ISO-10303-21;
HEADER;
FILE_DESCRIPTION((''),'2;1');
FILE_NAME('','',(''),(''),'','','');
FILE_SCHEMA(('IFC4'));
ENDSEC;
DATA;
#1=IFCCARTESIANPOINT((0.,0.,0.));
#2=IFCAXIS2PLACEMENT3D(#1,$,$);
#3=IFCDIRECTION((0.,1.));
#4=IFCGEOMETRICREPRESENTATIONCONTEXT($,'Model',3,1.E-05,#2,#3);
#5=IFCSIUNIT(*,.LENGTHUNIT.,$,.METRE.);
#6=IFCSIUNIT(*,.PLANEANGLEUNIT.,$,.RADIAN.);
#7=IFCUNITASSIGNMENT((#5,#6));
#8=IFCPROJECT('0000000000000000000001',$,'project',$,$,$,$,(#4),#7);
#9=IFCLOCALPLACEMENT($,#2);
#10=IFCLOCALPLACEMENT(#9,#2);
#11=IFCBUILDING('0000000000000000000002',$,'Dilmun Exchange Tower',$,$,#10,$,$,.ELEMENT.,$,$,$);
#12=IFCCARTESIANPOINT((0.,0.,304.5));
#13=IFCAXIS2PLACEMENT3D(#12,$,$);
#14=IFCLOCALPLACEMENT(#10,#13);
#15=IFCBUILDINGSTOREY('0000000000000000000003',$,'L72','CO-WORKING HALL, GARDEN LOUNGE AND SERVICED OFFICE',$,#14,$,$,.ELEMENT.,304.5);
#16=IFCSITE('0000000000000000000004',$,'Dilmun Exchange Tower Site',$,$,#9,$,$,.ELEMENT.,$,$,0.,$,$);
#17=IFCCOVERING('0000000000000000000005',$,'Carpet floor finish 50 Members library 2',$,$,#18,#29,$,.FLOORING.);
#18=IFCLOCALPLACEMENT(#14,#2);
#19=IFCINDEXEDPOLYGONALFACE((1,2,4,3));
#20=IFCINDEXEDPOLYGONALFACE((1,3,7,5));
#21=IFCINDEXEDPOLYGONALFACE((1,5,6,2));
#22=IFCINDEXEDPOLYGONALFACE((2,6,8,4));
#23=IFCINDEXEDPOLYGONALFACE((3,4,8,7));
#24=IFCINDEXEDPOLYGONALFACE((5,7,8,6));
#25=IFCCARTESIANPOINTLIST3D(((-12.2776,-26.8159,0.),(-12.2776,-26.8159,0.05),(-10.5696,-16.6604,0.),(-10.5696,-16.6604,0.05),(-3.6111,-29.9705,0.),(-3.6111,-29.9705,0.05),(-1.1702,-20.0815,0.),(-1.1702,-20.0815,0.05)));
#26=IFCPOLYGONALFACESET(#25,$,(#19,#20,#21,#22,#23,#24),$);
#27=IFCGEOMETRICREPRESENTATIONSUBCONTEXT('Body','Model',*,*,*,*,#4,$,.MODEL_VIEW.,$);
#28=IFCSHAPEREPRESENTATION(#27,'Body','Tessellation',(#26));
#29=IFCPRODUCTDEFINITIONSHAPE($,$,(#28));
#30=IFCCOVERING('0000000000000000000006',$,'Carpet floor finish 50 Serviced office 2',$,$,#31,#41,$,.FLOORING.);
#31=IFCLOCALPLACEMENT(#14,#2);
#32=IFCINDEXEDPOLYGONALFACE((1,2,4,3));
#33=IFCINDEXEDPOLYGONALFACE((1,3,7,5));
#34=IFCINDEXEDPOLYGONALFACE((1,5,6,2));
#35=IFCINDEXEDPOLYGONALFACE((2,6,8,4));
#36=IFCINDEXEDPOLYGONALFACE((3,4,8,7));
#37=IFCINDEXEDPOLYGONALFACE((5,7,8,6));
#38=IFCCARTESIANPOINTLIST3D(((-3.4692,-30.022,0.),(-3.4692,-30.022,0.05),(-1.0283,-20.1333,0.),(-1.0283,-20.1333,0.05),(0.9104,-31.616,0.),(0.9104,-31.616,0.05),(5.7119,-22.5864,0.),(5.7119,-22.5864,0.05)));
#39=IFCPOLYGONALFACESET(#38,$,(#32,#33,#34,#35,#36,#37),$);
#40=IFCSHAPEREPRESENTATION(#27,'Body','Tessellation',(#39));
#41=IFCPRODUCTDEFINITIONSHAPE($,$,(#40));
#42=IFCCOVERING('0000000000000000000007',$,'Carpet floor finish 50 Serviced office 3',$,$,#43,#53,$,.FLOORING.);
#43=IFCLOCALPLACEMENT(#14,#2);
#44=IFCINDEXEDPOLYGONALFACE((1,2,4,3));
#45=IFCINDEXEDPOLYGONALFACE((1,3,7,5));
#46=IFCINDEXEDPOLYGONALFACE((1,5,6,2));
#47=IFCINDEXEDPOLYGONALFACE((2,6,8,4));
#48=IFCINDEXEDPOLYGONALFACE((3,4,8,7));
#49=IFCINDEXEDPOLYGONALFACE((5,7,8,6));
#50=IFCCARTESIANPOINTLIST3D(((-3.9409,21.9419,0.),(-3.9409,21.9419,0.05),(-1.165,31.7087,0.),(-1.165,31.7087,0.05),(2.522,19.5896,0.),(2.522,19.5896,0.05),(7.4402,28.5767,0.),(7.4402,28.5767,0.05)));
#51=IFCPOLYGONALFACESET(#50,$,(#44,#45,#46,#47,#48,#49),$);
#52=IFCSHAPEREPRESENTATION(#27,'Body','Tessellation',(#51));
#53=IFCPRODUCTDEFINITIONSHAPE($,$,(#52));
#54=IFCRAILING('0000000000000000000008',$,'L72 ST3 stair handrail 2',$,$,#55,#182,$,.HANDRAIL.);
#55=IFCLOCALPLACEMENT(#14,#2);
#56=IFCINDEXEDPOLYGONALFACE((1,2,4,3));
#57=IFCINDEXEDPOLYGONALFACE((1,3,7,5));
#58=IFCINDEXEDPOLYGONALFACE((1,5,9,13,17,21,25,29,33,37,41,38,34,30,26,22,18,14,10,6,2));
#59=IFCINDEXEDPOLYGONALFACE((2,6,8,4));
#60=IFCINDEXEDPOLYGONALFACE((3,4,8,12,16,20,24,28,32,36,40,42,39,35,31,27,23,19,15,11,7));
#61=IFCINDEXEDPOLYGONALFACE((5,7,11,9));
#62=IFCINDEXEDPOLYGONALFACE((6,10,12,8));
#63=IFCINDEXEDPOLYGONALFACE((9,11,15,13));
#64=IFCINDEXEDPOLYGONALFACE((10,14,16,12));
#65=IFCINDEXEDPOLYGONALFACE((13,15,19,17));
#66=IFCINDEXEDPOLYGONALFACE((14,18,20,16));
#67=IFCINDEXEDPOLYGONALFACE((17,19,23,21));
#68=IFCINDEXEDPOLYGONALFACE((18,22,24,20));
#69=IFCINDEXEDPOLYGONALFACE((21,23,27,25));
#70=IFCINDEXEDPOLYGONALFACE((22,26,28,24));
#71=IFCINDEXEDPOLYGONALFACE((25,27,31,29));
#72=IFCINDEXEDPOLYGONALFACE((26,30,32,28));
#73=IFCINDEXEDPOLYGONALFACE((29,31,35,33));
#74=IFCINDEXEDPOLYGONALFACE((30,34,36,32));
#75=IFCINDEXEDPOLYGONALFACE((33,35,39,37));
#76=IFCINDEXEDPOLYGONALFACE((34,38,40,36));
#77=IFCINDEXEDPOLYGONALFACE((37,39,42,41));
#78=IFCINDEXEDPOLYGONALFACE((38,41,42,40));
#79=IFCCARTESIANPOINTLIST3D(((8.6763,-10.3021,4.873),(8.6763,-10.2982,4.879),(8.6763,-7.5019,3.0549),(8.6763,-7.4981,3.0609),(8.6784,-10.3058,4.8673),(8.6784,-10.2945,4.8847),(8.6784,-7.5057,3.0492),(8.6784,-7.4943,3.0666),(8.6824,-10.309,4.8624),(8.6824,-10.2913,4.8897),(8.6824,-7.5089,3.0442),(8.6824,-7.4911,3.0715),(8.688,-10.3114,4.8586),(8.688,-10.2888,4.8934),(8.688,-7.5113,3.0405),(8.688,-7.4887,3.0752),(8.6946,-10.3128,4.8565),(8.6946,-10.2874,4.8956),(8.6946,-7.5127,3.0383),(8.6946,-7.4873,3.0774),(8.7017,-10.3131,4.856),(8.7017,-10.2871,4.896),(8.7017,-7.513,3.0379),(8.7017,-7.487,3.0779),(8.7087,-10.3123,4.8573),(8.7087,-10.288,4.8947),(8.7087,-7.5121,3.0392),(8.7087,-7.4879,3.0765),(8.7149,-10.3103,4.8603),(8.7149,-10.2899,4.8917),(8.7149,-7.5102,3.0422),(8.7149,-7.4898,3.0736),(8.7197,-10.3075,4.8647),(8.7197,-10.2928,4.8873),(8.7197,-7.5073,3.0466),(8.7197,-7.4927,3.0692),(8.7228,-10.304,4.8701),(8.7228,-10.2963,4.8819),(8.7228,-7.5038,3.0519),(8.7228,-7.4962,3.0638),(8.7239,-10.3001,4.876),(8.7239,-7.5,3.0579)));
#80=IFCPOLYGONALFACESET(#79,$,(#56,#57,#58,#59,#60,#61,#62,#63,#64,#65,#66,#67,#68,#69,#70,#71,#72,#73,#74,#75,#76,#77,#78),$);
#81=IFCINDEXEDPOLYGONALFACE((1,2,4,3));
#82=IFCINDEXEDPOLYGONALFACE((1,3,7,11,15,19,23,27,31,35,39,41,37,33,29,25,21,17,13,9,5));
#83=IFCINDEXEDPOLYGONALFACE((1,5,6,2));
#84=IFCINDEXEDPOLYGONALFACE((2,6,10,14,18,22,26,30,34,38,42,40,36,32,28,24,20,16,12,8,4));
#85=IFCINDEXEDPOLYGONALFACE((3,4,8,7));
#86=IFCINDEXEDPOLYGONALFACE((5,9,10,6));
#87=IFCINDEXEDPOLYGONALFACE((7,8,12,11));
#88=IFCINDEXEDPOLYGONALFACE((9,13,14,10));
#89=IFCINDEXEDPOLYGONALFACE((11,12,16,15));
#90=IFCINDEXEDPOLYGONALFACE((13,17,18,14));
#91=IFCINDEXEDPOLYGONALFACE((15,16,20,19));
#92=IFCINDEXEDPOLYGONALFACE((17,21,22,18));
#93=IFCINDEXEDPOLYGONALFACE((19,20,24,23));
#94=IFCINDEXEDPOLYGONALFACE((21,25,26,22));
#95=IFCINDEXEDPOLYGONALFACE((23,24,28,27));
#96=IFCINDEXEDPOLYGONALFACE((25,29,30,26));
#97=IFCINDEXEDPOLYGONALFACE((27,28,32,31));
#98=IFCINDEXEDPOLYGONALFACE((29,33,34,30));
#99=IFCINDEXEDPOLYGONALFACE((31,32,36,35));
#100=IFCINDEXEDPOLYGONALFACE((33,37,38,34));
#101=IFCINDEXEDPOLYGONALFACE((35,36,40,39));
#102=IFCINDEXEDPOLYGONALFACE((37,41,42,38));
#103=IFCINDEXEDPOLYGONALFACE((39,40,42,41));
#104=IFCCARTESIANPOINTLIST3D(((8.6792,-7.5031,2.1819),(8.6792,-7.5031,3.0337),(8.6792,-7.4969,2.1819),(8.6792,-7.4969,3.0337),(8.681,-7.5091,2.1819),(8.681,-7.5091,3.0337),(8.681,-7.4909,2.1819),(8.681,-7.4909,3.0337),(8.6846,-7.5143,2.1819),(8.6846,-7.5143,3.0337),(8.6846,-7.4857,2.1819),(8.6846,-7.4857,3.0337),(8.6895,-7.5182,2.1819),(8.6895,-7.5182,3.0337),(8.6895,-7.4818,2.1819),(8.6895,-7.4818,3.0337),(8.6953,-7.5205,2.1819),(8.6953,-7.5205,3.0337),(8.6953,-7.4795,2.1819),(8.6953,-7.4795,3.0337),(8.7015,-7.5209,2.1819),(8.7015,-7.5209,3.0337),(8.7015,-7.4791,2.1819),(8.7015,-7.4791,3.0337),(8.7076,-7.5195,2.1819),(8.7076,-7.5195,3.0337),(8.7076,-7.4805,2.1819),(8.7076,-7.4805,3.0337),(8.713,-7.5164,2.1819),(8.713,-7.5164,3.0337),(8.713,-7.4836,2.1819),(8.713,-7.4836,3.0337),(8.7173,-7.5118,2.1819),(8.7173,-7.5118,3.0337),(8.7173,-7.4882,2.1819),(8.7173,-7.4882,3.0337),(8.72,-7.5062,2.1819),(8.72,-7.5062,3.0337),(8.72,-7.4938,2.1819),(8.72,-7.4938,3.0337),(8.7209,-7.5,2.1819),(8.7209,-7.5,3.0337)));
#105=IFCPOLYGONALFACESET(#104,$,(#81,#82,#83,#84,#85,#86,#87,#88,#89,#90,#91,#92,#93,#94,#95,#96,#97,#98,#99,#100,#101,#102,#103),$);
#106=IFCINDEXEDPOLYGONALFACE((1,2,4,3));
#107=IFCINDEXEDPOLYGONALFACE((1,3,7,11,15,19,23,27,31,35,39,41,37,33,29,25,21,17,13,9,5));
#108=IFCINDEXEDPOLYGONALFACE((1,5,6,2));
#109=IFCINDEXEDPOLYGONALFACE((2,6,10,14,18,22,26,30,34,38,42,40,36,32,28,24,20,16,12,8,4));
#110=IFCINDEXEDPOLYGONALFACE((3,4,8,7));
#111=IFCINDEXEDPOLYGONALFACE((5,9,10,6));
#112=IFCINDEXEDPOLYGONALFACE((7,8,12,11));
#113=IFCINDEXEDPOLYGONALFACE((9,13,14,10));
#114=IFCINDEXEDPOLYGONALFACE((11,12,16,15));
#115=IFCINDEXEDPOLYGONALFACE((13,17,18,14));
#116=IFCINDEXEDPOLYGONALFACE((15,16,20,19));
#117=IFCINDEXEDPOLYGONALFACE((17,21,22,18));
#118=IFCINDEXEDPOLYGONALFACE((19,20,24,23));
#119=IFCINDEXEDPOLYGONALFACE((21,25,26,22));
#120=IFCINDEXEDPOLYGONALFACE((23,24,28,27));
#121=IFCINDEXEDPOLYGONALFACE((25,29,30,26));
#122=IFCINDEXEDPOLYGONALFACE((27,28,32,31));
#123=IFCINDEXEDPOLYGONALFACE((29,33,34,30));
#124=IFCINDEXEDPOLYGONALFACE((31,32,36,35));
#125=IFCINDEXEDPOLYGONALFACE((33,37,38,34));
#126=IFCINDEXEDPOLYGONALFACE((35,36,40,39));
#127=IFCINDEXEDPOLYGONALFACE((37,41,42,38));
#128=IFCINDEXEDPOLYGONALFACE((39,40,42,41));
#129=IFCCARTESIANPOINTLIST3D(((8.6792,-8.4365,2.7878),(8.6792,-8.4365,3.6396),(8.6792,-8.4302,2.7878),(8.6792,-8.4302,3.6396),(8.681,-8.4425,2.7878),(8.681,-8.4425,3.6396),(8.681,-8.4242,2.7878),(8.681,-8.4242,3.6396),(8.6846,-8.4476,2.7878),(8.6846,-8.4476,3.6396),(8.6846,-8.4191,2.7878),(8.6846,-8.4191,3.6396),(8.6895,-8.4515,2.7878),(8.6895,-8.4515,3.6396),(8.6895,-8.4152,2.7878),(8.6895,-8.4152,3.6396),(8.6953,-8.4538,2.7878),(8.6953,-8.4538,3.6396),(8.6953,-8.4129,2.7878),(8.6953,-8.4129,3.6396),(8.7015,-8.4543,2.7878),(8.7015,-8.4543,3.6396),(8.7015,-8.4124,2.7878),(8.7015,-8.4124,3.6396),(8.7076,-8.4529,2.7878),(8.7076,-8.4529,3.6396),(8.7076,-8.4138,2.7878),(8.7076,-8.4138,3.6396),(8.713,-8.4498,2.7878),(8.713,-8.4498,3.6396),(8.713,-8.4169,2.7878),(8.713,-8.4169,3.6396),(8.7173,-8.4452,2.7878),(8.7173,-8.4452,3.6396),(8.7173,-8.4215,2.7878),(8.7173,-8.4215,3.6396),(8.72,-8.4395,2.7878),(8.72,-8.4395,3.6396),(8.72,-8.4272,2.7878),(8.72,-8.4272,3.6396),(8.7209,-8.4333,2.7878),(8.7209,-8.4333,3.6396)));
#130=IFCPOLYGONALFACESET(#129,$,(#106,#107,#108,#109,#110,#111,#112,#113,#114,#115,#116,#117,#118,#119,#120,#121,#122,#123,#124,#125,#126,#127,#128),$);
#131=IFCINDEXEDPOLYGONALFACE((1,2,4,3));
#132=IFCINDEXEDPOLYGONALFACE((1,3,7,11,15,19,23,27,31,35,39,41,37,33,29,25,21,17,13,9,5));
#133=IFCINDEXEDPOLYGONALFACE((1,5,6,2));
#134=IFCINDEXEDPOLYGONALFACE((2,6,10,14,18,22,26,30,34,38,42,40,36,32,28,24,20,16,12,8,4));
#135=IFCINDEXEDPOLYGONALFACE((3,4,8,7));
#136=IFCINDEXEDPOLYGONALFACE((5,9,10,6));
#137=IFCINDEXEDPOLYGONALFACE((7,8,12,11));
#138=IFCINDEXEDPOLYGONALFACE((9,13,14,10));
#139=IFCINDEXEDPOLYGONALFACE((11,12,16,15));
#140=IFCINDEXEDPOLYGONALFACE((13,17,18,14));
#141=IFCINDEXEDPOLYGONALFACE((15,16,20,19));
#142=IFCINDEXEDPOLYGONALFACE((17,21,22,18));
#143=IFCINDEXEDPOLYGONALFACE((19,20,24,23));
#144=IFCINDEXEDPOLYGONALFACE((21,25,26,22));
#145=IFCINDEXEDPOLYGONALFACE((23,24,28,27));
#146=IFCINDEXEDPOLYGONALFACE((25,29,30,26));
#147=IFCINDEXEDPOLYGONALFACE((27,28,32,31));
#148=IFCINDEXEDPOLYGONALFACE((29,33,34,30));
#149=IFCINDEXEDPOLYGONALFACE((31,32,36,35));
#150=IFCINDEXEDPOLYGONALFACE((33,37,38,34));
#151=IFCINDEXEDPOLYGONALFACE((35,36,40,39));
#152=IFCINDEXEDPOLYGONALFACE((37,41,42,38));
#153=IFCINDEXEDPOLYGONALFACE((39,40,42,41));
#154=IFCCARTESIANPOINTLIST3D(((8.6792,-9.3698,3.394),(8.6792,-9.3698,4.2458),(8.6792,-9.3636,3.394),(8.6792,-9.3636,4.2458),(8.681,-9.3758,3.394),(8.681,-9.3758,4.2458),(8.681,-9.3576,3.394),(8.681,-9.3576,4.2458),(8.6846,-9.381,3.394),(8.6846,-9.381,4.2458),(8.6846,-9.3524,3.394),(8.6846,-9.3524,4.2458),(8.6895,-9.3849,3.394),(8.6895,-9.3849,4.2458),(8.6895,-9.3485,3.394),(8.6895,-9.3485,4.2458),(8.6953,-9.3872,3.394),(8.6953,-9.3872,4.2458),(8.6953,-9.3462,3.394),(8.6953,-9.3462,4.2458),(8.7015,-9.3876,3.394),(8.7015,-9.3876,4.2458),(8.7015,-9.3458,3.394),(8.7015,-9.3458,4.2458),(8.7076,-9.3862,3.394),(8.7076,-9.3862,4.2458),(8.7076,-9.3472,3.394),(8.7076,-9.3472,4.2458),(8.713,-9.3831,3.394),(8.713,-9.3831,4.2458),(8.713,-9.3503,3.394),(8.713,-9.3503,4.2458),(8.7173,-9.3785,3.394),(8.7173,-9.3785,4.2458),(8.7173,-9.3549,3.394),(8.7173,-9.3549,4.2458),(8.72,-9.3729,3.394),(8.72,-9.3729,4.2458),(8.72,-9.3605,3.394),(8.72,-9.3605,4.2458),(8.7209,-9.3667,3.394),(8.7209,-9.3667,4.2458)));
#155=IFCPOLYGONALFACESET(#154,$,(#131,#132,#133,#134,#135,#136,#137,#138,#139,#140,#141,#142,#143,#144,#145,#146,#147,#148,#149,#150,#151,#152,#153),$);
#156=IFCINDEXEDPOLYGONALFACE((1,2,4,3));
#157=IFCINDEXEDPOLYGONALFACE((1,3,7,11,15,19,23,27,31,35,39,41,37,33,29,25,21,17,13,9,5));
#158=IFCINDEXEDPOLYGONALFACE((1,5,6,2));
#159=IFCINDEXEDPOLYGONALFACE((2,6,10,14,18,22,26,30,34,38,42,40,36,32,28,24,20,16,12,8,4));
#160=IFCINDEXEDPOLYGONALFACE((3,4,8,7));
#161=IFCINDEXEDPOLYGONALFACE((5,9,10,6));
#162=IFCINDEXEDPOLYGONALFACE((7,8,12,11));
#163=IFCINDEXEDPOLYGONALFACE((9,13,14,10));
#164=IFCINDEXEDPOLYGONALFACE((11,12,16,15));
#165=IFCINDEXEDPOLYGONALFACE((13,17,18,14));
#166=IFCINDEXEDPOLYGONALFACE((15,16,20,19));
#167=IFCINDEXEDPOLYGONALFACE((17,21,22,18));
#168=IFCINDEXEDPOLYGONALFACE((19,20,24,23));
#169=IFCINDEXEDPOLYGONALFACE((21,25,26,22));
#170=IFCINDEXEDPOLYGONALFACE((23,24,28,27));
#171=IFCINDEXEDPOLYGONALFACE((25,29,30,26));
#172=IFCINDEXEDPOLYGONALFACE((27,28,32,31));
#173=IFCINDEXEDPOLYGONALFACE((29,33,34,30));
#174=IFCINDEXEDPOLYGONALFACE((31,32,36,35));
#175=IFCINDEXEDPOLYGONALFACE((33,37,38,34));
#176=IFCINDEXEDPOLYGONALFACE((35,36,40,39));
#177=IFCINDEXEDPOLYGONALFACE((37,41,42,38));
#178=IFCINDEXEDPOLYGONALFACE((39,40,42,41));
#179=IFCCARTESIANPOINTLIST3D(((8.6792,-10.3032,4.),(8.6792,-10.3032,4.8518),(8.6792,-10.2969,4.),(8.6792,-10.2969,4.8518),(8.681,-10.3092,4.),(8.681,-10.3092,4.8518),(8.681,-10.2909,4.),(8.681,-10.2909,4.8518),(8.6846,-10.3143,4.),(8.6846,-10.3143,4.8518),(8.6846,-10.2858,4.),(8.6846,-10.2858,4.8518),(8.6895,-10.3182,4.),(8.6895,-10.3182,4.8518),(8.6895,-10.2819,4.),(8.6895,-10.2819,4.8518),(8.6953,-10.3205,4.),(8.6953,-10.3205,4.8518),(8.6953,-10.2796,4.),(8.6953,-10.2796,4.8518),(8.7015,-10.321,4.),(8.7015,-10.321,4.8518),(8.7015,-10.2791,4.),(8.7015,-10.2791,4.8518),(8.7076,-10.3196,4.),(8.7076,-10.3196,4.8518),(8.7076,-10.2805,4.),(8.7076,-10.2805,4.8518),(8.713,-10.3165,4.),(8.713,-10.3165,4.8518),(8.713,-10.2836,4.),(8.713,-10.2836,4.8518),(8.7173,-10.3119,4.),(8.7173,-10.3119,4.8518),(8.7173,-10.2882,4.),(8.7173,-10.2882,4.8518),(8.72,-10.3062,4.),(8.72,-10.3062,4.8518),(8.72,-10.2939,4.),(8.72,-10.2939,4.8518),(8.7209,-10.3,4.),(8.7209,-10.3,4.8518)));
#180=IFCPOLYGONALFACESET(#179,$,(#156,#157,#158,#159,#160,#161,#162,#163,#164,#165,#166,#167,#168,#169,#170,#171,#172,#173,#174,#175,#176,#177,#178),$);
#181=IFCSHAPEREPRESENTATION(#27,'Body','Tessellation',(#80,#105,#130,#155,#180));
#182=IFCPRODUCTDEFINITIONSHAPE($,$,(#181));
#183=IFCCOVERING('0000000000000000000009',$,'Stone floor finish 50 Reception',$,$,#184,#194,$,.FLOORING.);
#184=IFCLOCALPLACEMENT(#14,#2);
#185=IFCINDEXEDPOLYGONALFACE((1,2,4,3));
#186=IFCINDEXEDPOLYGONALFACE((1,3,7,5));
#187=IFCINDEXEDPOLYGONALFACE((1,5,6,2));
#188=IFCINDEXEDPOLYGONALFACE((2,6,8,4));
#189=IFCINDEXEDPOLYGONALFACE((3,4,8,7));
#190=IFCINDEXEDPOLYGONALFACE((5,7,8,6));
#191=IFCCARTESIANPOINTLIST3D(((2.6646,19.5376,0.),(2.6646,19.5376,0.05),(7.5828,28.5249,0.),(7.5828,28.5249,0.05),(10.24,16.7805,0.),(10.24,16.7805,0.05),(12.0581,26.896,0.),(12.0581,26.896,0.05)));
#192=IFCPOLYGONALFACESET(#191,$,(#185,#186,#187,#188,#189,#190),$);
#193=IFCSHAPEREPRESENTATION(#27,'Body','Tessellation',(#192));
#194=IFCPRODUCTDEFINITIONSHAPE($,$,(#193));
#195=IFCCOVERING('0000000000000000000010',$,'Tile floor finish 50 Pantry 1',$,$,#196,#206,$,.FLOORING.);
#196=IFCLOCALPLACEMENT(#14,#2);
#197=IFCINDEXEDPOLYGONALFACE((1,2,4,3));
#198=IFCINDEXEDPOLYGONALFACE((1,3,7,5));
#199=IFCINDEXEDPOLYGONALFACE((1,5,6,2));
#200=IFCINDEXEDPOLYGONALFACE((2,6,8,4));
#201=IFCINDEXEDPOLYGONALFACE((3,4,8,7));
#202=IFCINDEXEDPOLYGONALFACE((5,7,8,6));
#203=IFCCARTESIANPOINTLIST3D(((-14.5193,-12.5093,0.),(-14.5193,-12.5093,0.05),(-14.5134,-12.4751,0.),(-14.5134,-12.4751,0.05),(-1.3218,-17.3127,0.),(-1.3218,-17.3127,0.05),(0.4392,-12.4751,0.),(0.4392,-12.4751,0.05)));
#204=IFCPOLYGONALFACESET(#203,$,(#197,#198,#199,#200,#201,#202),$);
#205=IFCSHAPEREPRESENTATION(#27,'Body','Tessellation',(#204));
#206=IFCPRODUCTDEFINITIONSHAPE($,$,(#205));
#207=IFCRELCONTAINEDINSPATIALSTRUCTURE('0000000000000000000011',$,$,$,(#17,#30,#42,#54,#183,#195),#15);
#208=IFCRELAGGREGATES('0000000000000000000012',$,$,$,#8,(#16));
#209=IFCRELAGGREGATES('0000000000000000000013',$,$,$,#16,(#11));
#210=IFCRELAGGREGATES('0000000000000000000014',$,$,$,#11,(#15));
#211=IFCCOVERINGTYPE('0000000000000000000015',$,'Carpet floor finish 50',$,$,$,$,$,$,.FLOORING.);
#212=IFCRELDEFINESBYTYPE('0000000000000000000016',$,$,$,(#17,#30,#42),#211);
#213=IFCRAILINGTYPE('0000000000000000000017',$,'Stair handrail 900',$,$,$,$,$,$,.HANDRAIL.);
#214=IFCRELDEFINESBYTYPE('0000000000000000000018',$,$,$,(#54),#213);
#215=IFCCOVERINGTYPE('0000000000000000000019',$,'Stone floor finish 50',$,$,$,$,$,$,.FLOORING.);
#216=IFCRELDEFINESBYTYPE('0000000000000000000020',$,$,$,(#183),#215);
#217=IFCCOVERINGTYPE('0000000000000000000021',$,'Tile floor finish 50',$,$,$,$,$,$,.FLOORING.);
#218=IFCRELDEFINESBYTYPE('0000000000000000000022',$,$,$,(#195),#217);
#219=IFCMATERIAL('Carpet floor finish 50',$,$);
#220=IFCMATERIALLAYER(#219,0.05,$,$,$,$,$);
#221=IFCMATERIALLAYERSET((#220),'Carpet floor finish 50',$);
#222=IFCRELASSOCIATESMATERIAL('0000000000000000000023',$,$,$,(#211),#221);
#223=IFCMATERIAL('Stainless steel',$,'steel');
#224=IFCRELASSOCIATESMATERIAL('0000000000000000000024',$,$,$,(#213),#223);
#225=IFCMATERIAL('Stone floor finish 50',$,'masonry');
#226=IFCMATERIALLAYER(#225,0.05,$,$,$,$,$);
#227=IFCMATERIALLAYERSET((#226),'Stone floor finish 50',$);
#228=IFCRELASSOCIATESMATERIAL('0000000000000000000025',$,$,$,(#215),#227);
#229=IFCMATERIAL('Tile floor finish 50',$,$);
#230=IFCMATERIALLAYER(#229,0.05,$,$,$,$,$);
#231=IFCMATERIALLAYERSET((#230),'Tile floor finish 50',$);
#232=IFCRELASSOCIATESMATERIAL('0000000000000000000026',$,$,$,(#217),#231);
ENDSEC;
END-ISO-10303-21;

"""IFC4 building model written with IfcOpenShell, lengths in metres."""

from ifc_helpers import new_model, si_unit, direction, frame, origin, origin_2d, place, context, subcontext, project, spatial, polyline, circle, outline, extrude, material, layer, layer_set, type_object, element, save


model = new_model("IFC4")

# Units and contexts
model_context = context("Model", 3, precision=1e-05, world=origin(), true_north=direction((0.0, 1.0)))
body_context = subcontext(model_context, "Body", "Model", "MODEL_VIEW")
ifc_project = project(units=[si_unit("LENGTHUNIT", "METRE"), si_unit("PLANEANGLEUNIT", "RADIAN")], contexts=[model_context])

# Site, building, storey
site_placement = place(None, origin())
site = spatial("IfcSite", under=ifc_project, at=site_placement, Name="Dilmun Exchange Tower Site", CompositionType="ELEMENT", RefElevation=0.0)
building_placement = place(site_placement, origin())
building = spatial("IfcBuilding", under=site, at=building_placement, Name="Dilmun Exchange Tower", CompositionType="ELEMENT")
storey_placement = place(building_placement, frame((0.0, 0.0, 304.5)))
storey = spatial("IfcBuildingStorey", under=building, at=storey_placement, Name="L72", Description="CO-WORKING HALL, GARDEN LOUNGE AND SERVICED OFFICE", CompositionType="ELEMENT", Elevation=304.5)

# Coverings
ifc_material_1 = material(Name="Carpet floor finish 50")
ifc_layer_1 = layer(ifc_material_1, 0.05)
ifc_layer_set_1 = layer_set([ifc_layer_1], Name="Carpet floor finish 50")
covering_type_1 = type_object("IfcCoveringType", Name="Carpet floor finish 50", PredefinedType="FLOORING", material=ifc_layer_set_1)
covering_1_placement = place(storey_placement, origin())
element("IfcCovering", 1, at=covering_1_placement, inside=storey, type_object=covering_type_1, Name="Carpet floor finish 50 Members library 2", PredefinedType="FLOORING", context=body_context, shape_type="SweptSolid", body=[
    extrude(outline(polyline([(-1.1702, -20.0815), (-3.6111, -29.9705), (-12.2776, -26.8159), (-10.5696, -16.6604), (-1.1702, -20.0815)])), origin(), (0.0, 0.0, 1.0), 0.05),
])
covering_2_placement = place(storey_placement, origin())
element("IfcCovering", 2, at=covering_2_placement, inside=storey, type_object=covering_type_1, Name="Carpet floor finish 50 Serviced office 2", PredefinedType="FLOORING", context=body_context, shape_type="SweptSolid", body=[
    extrude(outline(polyline([(5.7119, -22.5864), (0.9104, -31.616), (-3.4692, -30.022), (-1.0283, -20.1333), (5.7119, -22.5864)])), origin(), (0.0, 0.0, 1.0), 0.05),
])
covering_3_placement = place(storey_placement, origin())
element("IfcCovering", 3, at=covering_3_placement, inside=storey, type_object=covering_type_1, Name="Carpet floor finish 50 Serviced office 3", PredefinedType="FLOORING", context=body_context, shape_type="SweptSolid", body=[
    extrude(outline(polyline([(-1.165, 31.7087), (7.4402, 28.5767), (2.522, 19.5896), (-3.9409, 21.9419), (-1.165, 31.7087)])), origin(), (0.0, 0.0, 1.0), 0.05),
])

# Railing
ifc_material_2 = material(Name="Stainless steel", Category="steel")
railing_type = type_object("IfcRailingType", Name="Stair handrail 900", PredefinedType="HANDRAIL", material=ifc_material_2)
railing_placement = place(storey_placement, frame((8.7, -7.5, 2.1819)))
element("IfcRailing", 4, at=railing_placement, inside=storey, type_object=railing_type, Name="L72 ST3 stair handrail 2", PredefinedType="HANDRAIL", context=body_context, shape_type="SweptSolid", body=[
    extrude(circle(Radius=0.0239, at=origin_2d()), frame((0.0, 0.0, 0.876), z_axis=(0.0, -0.838706, 0.544585), x_axis=(1.0, 0.0, 0.0)), (0.0, 0.0, 1.0), 3.3386),
    extrude(circle(Radius=0.021, at=origin_2d()), origin(), (0.0, 0.0, 1.0), 0.8518),
    extrude(circle(Radius=0.021, at=origin_2d()), frame((0.0, -0.9333, 0.606)), (0.0, 0.0, 1.0), 0.8518),
    extrude(circle(Radius=0.021, at=origin_2d()), frame((0.0, -1.8667, 1.2122)), (0.0, 0.0, 1.0), 0.8518),
    extrude(circle(Radius=0.021, at=origin_2d()), frame((0.0, -2.8, 1.8181)), (0.0, 0.0, 1.0), 0.8518),
])

# Coverings
ifc_material_3 = material(Name="Stone floor finish 50", Category="masonry")
ifc_layer_2 = layer(ifc_material_3, 0.05)
ifc_layer_set_2 = layer_set([ifc_layer_2], Name="Stone floor finish 50")
covering_type_2 = type_object("IfcCoveringType", Name="Stone floor finish 50", PredefinedType="FLOORING", material=ifc_layer_set_2)
covering_4_placement = place(storey_placement, origin())
element("IfcCovering", 5, at=covering_4_placement, inside=storey, type_object=covering_type_2, Name="Stone floor finish 50 Reception", PredefinedType="FLOORING", context=body_context, shape_type="SweptSolid", body=[
    extrude(outline(polyline([(2.6646, 19.5376), (7.5828, 28.5249), (12.0581, 26.896), (10.24, 16.7805), (2.6646, 19.5376)])), origin(), (0.0, 0.0, 1.0), 0.05),
])
ifc_material_4 = material(Name="Tile floor finish 50")
ifc_layer_3 = layer(ifc_material_4, 0.05)
ifc_layer_set_3 = layer_set([ifc_layer_3], Name="Tile floor finish 50")
covering_type_3 = type_object("IfcCoveringType", Name="Tile floor finish 50", PredefinedType="FLOORING", material=ifc_layer_set_3)
covering_5_placement = place(storey_placement, origin())
element("IfcCovering", 6, at=covering_5_placement, inside=storey, type_object=covering_type_3, Name="Tile floor finish 50 Pantry 1", PredefinedType="FLOORING", context=body_context, shape_type="SweptSolid", body=[
    extrude(outline(polyline([(0.4392, -12.4751), (-1.3218, -17.3127), (-14.5193, -12.5093), (-14.5134, -12.4751), (0.4392, -12.4751)])), origin(), (0.0, 0.0, 1.0), 0.05),
])

save(model, "model.ifc")
